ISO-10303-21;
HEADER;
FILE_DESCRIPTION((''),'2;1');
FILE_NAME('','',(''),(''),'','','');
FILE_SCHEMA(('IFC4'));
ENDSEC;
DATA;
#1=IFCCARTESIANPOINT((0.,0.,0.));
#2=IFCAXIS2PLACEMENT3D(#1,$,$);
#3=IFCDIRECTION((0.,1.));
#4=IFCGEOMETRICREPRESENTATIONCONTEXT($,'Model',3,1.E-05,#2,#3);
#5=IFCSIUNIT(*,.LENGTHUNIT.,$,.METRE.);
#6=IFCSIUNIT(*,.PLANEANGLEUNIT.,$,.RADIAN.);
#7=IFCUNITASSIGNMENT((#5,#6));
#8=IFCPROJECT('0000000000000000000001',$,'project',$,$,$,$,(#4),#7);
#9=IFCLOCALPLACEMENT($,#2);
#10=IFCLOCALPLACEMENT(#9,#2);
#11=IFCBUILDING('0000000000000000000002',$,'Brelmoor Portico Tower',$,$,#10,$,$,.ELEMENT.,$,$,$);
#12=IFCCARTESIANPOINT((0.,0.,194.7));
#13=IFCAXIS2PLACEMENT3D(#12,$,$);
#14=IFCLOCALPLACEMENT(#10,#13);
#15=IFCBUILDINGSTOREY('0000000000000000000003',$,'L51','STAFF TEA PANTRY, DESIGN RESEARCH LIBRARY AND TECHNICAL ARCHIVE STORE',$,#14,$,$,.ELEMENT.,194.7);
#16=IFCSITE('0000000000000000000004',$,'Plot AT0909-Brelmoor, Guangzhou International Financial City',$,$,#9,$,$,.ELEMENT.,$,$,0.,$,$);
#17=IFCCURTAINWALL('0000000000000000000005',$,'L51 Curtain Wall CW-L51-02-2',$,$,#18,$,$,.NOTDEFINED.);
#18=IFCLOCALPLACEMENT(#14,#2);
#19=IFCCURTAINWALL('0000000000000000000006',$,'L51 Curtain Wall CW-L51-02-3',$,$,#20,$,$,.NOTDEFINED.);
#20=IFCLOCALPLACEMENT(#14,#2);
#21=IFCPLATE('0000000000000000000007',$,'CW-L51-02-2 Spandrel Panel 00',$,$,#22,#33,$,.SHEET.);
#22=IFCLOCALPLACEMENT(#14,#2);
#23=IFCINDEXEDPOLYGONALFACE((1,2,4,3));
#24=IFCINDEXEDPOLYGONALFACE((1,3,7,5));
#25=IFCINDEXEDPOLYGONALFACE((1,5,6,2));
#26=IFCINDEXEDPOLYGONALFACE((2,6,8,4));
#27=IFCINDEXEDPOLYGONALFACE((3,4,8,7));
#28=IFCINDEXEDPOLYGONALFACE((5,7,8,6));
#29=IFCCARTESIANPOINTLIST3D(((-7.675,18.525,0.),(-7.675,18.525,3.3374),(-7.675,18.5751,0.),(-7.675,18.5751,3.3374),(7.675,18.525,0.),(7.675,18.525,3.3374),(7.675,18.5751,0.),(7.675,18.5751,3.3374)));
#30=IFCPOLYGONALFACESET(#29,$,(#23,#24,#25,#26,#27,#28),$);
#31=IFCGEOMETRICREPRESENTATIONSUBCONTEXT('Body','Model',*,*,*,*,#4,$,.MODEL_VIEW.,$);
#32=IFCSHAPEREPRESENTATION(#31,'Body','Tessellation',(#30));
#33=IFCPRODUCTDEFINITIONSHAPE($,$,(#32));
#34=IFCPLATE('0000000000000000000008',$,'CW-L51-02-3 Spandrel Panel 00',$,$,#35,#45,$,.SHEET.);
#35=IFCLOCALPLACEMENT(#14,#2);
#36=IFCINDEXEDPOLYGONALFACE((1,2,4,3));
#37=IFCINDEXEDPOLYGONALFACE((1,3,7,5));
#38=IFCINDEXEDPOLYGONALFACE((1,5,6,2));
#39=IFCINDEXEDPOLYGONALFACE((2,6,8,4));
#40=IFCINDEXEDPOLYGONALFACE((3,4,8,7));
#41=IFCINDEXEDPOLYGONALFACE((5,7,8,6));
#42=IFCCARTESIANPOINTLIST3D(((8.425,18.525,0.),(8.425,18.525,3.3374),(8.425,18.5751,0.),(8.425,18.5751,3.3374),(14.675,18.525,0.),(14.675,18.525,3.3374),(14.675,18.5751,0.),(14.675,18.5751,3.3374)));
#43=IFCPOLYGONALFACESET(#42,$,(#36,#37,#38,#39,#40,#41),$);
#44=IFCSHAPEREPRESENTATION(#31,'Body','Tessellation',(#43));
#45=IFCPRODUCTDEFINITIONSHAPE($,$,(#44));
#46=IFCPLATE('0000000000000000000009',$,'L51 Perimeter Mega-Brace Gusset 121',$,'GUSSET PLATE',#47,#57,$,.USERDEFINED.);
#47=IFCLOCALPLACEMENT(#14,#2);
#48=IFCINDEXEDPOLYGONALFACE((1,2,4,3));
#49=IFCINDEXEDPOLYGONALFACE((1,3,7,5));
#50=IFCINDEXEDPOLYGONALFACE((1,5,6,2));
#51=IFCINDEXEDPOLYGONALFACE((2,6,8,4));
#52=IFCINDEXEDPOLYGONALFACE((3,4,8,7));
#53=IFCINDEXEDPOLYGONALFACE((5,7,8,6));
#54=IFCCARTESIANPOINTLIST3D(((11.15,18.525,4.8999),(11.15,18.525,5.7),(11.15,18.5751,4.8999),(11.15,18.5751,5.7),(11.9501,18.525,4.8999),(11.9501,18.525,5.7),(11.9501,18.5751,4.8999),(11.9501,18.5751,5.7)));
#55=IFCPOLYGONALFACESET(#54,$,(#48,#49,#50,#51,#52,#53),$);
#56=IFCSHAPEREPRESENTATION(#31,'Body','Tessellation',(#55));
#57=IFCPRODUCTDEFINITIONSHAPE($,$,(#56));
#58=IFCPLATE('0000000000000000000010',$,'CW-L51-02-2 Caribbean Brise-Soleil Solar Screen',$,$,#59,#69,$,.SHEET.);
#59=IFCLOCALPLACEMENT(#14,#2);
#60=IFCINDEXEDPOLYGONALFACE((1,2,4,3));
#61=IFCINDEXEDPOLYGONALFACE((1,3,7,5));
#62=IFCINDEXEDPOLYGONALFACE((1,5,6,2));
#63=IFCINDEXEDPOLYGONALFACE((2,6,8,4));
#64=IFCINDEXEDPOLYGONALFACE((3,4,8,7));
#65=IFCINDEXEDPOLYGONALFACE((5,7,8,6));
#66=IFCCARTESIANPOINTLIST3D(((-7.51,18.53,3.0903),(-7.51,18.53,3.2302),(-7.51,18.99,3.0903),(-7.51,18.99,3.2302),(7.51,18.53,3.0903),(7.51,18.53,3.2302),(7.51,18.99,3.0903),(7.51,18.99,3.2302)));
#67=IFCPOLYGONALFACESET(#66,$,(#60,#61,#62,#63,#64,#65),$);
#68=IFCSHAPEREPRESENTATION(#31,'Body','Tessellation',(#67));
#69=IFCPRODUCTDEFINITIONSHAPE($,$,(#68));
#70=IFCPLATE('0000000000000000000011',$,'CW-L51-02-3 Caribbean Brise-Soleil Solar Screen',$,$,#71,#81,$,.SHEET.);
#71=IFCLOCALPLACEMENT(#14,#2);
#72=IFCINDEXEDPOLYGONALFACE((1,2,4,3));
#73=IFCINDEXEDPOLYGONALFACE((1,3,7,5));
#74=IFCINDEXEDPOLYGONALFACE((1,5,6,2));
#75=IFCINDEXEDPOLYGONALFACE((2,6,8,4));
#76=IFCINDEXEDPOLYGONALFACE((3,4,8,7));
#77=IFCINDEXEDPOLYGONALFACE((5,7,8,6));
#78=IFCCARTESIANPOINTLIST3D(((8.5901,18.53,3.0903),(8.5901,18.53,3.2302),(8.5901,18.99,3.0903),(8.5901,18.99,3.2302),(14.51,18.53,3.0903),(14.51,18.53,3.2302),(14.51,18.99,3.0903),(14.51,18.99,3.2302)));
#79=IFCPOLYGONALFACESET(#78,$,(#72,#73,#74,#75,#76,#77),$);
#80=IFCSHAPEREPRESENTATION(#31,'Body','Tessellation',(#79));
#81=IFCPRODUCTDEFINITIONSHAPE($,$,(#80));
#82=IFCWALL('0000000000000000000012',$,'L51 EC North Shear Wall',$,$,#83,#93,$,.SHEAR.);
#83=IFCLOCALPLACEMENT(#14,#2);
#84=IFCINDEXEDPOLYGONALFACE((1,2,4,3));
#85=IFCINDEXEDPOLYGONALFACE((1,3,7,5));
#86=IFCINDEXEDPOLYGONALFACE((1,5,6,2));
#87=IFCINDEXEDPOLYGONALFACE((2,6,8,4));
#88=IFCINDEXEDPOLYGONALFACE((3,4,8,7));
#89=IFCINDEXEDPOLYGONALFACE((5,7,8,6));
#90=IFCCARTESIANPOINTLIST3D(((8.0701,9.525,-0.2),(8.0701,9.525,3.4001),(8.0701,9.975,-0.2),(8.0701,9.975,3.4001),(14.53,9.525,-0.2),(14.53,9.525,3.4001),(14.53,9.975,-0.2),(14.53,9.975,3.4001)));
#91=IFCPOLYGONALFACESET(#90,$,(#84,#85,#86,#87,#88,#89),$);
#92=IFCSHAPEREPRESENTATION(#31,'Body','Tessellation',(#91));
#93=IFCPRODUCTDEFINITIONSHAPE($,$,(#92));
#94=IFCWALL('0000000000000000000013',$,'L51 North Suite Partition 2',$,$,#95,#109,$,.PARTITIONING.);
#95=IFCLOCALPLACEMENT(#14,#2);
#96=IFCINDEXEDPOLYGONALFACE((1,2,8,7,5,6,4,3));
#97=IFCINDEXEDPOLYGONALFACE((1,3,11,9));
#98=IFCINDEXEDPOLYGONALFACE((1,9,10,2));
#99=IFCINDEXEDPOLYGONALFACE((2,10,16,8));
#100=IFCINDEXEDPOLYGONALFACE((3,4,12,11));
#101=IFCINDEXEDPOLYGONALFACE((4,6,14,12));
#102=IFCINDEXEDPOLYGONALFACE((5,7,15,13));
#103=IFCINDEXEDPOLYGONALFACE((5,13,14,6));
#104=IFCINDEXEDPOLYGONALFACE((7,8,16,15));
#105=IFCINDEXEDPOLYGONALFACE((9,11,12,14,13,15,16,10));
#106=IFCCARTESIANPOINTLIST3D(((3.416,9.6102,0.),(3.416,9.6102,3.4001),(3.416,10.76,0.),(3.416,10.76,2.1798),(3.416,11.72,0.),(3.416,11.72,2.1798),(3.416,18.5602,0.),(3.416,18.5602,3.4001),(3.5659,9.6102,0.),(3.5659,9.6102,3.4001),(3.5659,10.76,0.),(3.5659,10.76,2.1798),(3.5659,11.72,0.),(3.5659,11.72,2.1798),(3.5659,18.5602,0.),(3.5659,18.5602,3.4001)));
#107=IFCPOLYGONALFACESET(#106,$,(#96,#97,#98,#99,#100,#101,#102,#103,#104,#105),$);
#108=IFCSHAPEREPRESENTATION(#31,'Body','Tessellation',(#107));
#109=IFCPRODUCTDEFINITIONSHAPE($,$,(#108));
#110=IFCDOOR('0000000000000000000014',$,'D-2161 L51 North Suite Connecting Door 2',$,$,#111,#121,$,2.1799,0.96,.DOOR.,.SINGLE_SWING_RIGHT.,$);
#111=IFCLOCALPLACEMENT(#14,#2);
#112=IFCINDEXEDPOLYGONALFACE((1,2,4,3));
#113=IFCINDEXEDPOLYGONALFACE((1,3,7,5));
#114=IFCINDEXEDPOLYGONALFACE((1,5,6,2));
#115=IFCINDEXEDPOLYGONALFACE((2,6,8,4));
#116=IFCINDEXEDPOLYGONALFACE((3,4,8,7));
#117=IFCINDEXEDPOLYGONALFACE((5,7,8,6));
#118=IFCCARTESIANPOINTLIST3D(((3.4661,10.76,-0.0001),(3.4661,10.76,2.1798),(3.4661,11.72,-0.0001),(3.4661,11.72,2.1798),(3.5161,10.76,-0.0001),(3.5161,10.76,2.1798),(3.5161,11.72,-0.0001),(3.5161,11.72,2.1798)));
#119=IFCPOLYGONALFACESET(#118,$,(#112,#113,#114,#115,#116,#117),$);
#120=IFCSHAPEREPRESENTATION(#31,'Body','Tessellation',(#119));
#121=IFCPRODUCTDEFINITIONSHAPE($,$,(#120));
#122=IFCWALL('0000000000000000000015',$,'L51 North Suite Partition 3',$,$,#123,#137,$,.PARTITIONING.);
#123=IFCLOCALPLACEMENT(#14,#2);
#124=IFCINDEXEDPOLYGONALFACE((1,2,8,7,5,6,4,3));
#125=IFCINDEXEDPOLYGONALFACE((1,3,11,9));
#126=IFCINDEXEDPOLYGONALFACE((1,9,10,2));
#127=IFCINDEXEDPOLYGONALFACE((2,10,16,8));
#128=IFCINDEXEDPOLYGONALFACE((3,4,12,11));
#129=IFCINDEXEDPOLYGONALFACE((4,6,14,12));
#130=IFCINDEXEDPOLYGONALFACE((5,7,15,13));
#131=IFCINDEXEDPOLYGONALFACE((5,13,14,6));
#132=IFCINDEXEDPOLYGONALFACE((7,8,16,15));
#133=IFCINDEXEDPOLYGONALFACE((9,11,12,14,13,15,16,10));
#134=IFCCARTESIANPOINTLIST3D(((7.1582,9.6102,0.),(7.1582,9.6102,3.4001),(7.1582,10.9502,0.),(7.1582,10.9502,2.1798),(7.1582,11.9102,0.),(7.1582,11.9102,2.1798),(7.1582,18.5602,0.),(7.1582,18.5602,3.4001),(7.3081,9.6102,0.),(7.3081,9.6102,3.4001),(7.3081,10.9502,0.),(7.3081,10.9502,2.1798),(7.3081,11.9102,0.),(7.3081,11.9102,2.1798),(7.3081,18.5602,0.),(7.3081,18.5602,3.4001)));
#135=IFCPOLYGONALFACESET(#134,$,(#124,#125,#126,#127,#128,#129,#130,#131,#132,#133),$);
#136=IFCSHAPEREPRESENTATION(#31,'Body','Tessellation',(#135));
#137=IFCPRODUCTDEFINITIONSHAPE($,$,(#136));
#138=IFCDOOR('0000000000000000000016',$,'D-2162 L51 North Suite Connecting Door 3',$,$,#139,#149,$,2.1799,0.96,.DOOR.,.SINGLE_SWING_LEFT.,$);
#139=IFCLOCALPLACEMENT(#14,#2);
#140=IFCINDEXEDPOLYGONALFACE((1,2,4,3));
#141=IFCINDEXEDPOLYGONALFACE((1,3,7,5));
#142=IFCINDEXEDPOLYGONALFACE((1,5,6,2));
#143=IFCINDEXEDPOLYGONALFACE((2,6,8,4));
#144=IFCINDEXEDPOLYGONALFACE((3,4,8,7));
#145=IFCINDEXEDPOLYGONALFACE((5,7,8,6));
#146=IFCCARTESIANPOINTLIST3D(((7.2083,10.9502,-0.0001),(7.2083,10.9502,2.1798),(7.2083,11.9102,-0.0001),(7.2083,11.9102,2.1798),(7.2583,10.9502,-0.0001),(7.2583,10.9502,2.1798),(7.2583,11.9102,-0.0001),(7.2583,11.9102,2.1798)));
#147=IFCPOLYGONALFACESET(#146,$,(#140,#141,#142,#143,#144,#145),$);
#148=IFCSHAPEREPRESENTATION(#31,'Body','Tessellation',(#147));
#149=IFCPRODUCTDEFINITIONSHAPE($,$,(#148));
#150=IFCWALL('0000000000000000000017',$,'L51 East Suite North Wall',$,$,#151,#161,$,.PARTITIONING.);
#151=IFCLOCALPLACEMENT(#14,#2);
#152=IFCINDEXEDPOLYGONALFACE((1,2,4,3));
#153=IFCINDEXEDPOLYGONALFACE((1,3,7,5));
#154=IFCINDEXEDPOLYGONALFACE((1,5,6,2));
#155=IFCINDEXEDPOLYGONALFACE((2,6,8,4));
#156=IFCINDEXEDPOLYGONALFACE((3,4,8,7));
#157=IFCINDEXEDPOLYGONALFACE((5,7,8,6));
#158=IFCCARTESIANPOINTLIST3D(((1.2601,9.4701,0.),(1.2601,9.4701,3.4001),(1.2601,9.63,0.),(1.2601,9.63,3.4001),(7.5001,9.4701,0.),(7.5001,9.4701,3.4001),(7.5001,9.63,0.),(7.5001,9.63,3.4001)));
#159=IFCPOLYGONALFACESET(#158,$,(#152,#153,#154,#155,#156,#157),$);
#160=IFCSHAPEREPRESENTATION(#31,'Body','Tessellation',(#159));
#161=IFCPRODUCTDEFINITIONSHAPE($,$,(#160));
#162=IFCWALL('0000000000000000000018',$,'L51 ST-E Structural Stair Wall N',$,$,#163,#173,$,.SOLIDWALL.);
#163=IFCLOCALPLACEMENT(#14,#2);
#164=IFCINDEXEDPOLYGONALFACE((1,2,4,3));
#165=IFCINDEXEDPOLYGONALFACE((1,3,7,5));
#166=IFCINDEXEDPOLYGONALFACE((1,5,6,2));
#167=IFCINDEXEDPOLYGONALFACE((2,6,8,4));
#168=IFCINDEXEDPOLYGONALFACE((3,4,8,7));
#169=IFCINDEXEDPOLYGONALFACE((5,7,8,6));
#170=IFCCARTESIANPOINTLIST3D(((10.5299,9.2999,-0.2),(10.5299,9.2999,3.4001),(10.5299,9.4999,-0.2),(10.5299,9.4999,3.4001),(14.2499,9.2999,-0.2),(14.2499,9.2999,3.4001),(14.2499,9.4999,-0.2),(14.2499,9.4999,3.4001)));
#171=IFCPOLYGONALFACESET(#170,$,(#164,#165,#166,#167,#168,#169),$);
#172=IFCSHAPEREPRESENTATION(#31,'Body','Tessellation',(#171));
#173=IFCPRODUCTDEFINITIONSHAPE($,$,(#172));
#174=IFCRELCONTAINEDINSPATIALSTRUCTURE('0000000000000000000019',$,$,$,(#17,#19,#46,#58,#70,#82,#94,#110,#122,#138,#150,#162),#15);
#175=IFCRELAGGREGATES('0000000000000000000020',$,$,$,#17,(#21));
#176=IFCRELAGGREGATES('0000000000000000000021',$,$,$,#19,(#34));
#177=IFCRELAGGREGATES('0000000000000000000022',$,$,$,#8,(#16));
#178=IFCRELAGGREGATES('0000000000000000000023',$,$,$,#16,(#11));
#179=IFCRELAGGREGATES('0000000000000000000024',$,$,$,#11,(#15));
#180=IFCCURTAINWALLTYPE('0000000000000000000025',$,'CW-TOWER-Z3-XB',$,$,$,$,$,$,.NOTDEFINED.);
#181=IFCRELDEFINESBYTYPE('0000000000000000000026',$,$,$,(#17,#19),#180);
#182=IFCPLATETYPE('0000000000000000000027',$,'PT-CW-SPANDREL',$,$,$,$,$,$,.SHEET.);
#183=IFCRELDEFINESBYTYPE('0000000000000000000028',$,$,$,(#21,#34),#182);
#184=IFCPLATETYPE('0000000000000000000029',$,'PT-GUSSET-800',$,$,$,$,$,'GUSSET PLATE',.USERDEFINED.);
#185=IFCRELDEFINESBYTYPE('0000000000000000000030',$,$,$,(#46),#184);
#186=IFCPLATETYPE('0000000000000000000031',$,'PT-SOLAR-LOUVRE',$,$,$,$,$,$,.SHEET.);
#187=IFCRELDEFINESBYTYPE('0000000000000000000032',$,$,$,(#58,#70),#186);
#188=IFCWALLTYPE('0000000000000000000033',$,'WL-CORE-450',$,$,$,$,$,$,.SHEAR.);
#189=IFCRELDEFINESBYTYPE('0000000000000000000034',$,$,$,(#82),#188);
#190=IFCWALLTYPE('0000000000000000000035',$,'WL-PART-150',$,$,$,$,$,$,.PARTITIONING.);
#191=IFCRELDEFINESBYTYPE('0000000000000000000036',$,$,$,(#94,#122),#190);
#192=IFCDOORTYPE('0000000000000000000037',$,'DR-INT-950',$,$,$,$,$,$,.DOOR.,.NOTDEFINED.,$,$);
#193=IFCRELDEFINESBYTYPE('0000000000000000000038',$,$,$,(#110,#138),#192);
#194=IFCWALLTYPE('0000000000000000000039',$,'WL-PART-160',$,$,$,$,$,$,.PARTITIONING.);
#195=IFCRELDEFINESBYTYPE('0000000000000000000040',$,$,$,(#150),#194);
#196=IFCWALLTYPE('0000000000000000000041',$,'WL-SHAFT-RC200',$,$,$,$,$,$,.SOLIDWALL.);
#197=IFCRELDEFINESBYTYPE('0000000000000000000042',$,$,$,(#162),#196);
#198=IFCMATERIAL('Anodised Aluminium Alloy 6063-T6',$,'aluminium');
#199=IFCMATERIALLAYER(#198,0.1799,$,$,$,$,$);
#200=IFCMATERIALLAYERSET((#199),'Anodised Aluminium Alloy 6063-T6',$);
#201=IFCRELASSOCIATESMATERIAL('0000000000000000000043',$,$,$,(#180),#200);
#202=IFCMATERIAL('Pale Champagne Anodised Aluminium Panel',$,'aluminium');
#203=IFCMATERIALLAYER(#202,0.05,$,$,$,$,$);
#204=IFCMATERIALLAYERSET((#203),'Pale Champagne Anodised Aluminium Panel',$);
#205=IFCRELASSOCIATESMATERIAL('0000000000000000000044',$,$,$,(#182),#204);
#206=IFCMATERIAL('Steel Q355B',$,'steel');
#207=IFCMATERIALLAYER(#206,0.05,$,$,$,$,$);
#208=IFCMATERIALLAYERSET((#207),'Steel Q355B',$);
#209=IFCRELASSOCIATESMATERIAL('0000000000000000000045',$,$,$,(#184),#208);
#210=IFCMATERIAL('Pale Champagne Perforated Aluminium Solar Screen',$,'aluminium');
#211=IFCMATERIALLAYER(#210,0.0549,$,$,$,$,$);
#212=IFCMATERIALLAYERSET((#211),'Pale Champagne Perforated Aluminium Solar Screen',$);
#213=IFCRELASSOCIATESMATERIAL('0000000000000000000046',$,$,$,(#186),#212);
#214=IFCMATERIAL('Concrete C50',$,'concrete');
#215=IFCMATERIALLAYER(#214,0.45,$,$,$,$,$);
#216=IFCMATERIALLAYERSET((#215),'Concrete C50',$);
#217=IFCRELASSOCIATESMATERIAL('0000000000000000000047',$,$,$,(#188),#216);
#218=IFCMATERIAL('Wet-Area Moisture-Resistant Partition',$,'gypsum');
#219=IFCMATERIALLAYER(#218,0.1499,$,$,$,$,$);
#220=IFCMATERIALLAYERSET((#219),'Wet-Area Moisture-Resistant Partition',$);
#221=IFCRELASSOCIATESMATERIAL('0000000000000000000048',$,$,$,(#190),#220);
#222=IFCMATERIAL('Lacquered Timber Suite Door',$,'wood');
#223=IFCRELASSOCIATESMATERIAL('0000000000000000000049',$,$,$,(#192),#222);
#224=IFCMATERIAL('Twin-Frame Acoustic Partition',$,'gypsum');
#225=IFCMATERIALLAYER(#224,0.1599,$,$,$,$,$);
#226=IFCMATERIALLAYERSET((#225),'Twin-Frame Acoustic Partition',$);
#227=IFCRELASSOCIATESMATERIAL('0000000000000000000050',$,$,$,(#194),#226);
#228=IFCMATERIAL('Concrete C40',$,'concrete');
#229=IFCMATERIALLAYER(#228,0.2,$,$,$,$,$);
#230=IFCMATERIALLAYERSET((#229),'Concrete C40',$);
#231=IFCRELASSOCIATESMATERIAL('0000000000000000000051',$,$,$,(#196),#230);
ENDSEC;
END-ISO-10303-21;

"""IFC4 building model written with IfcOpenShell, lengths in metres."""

from ifc_helpers import new_model, si_unit, direction, frame, frame_2d, origin, origin_2d, place, context, subcontext, project, spatial, rectangle, extrude, material, layer, layer_set, type_object, element, fill, aggregate, save


model = new_model("IFC4")

# Units and contexts
model_context = context("Model", 3, precision=1e-05, world=origin(), true_north=direction((0.0, 1.0)))
body_context = subcontext(model_context, "Body", "Model", "MODEL_VIEW")
ifc_project = project(units=[si_unit("LENGTHUNIT", "METRE"), si_unit("PLANEANGLEUNIT", "RADIAN")], contexts=[model_context])

# Site, building, storey
site_placement = place(None, origin())
site = spatial("IfcSite", under=ifc_project, at=site_placement, Name="Plot AT0909-Brelmoor, Guangzhou International Financial City", CompositionType="ELEMENT", RefElevation=0.0)
building_placement = place(site_placement, origin())
building = spatial("IfcBuilding", under=site, at=building_placement, Name="Brelmoor Portico Tower", CompositionType="ELEMENT")
storey_placement = place(building_placement, frame((0.0, 0.0, 194.7)))
storey = spatial("IfcBuildingStorey", under=building, at=storey_placement, Name="L51", Description="STAFF TEA PANTRY, DESIGN RESEARCH LIBRARY AND TECHNICAL ARCHIVE STORE", CompositionType="ELEMENT", Elevation=194.7)

# Shared definitions
ifc_material_1 = material(Name="Steel Q355B", Category="steel")

# Curtain wall
ifc_material_2 = material(Name="Anodised Aluminium Alloy 6063-T6", Category="aluminium")
ifc_layer_1 = layer(ifc_material_2, 0.1799)
ifc_layer_set_1 = layer_set([ifc_layer_1], Name="Anodised Aluminium Alloy 6063-T6")
curtain_wall_type = type_object("IfcCurtainWallType", Name="CW-TOWER-Z3-XB", PredefinedType="NOTDEFINED", material=ifc_layer_set_1)
curtain_wall_1_placement = place(storey_placement, origin())
curtain_wall_1 = element("IfcCurtainWall", 1, at=curtain_wall_1_placement, inside=storey, type_object=curtain_wall_type, Name="L51 Curtain Wall CW-L51-02-2", PredefinedType="NOTDEFINED")

# Curtain wall
curtain_wall_2_placement = place(storey_placement, origin())
curtain_wall_2 = element("IfcCurtainWall", 2, at=curtain_wall_2_placement, inside=storey, type_object=curtain_wall_type, Name="L51 Curtain Wall CW-L51-02-3", PredefinedType="NOTDEFINED")

# Plates
ifc_material_3 = material(Name="Pale Champagne Anodised Aluminium Panel", Category="aluminium")
ifc_layer_2 = layer(ifc_material_3, 0.05)
ifc_layer_set_2 = layer_set([ifc_layer_2], Name="Pale Champagne Anodised Aluminium Panel")
plate_type_1 = type_object("IfcPlateType", Name="PT-CW-SPANDREL", PredefinedType="SHEET", material=ifc_layer_set_2)
plate_1_placement = place(storey_placement, frame((0.0, 18.55, 0.0), z_axis=(0.0, 0.0, 1.0), x_axis=(1.0, 0.0, 0.0)))
plate_1 = element("IfcPlate", 3, at=plate_1_placement, type_object=plate_type_1, Name="CW-L51-02-2 Spandrel Panel 00", PredefinedType="SHEET", context=body_context, shape_type="SweptSolid", body=[
    extrude(rectangle(XDim=15.3501, YDim=0.05, at=origin_2d()), origin(), (0.0, 0.0, 1.0), 3.3374),
])
aggregate(curtain_wall_1, [plate_1])
plate_2_placement = place(storey_placement, frame((11.55, 18.55, 0.0), z_axis=(0.0, 0.0, 1.0), x_axis=(1.0, 0.0, 0.0)))
plate_2 = element("IfcPlate", 4, at=plate_2_placement, type_object=plate_type_1, Name="CW-L51-02-3 Spandrel Panel 00", PredefinedType="SHEET", context=body_context, shape_type="SweptSolid", body=[
    extrude(rectangle(XDim=6.25, YDim=0.05, at=origin_2d()), origin(), (0.0, 0.0, 1.0), 3.3374),
])
aggregate(curtain_wall_2, [plate_2])

# Plates
ifc_layer_3 = layer(ifc_material_1, 0.05)
ifc_layer_set_3 = layer_set([ifc_layer_3], Name="Steel Q355B")
plate_type_2 = type_object("IfcPlateType", Name="PT-GUSSET-800", ElementType="GUSSET PLATE", PredefinedType="USERDEFINED", material=ifc_layer_set_3)
plate_3_placement = place(storey_placement, frame((11.55, 18.55, 4.8999), z_axis=(0.0, 0.0, 1.0), x_axis=(1.0, 0.0, 0.0)))
element("IfcPlate", 5, at=plate_3_placement, inside=storey, type_object=plate_type_2, Name="L51 Perimeter Mega-Brace Gusset 121", ObjectType="GUSSET PLATE", PredefinedType="USERDEFINED", context=body_context, shape_type="SweptSolid", body=[
    extrude(rectangle(XDim=0.8, YDim=0.05, at=origin_2d()), origin(), (0.0, 0.0, 1.0), 0.8),
])
ifc_material_4 = material(Name="Pale Champagne Perforated Aluminium Solar Screen", Category="aluminium")
ifc_layer_4 = layer(ifc_material_4, 0.0549)
ifc_layer_set_4 = layer_set([ifc_layer_4], Name="Pale Champagne Perforated Aluminium Solar Screen")
plate_type_3 = type_object("IfcPlateType", Name="PT-SOLAR-LOUVRE", PredefinedType="SHEET", material=ifc_layer_set_4)
plate_4_placement = place(storey_placement, frame((0.0, 18.76, 3.0903), z_axis=(0.0, 0.0, 1.0), x_axis=(1.0, 0.0, 0.0)))
element("IfcPlate", 6, at=plate_4_placement, inside=storey, type_object=plate_type_3, Name="CW-L51-02-2 Caribbean Brise-Soleil Solar Screen", PredefinedType="SHEET", context=body_context, shape_type="SweptSolid", body=[
    extrude(rectangle(XDim=15.02, YDim=0.46, at=origin_2d()), origin(), (0.0, 0.0, 1.0), 0.1399),
])
plate_5_placement = place(storey_placement, frame((11.55, 18.76, 3.0903), z_axis=(0.0, 0.0, 1.0), x_axis=(1.0, 0.0, 0.0)))
element("IfcPlate", 7, at=plate_5_placement, inside=storey, type_object=plate_type_3, Name="CW-L51-02-3 Caribbean Brise-Soleil Solar Screen", PredefinedType="SHEET", context=body_context, shape_type="SweptSolid", body=[
    extrude(rectangle(XDim=5.9199, YDim=0.46, at=origin_2d()), origin(), (0.0, 0.0, 1.0), 0.1399),
])

# Wall
ifc_material_5 = material(Name="Concrete C50", Category="concrete")
ifc_layer_5 = layer(ifc_material_5, 0.45)
ifc_layer_set_5 = layer_set([ifc_layer_5], Name="Concrete C50")
wall_type_1 = type_object("IfcWallType", Name="WL-CORE-450", PredefinedType="SHEAR", material=ifc_layer_set_5)
wall_1_placement = place(storey_placement, frame((8.0701, 9.75, -0.2), z_axis=(0.0, 0.0, 1.0), x_axis=(1.0, 0.0, 0.0)))
element("IfcWall", 8, at=wall_1_placement, inside=storey, type_object=wall_type_1, Name="L51 EC North Shear Wall", PredefinedType="SHEAR", context=body_context, shape_type="SweptSolid", body=[
    extrude(rectangle(XDim=6.46, YDim=0.45, at=frame_2d((3.23, 0.0))), origin(), (0.0, 0.0, 1.0), 3.6001),
])

# Walls, openings, doors
ifc_material_6 = material(Name="Wet-Area Moisture-Resistant Partition", Category="gypsum")
ifc_layer_6 = layer(ifc_material_6, 0.1499)
ifc_layer_set_6 = layer_set([ifc_layer_6], Name="Wet-Area Moisture-Resistant Partition")
wall_type_2 = type_object("IfcWallType", Name="WL-PART-150", PredefinedType="PARTITIONING", material=ifc_layer_set_6)
wall_2_placement = place(storey_placement, frame((3.491, 9.6101, 0.0), z_axis=(0.0, 0.0, 1.0), x_axis=(0.0, 1.0, 0.0)))
wall_2 = element("IfcWall", 9, at=wall_2_placement, inside=storey, type_object=wall_type_2, Name="L51 North Suite Partition 2", PredefinedType="PARTITIONING", context=body_context, shape_type="SweptSolid", body=[
    extrude(rectangle(XDim=8.95, YDim=0.1499, at=frame_2d((4.4751, 0.0))), origin(), (0.0, 0.0, 1.0), 3.4001),
])
opening_1_placement = place(wall_2_placement, frame((1.1499, 0.0, 0.0)))
opening_1 = element("IfcOpeningElement", 10, at=opening_1_placement, cuts=wall_2, PredefinedType="OPENING", context=body_context, shape_type="SweptSolid", body=[
    extrude(rectangle(XDim=0.96, YDim=2.1799, at=frame_2d((0.48, 1.0898))), frame((0.0, 0.085, 0.0), z_axis=(0.0, -1.0, 0.0), x_axis=(1.0, 0.0, 0.0)), (0.0, 0.0, 1.0), 0.1699),
])
ifc_material_7 = material(Name="Lacquered Timber Suite Door", Category="wood")
door_type = type_object("IfcDoorType", Name="DR-INT-950", OperationType="NOTDEFINED", PredefinedType="DOOR", material=ifc_material_7)
door_1_placement = place(opening_1_placement, origin())
door_1 = element("IfcDoor", 11, at=door_1_placement, inside=storey, type_object=door_type, Name="D-2161 L51 North Suite Connecting Door 2", OperationType="SINGLE_SWING_RIGHT", OverallHeight=2.1799, OverallWidth=0.96, PredefinedType="DOOR", context=body_context, shape_type="SweptSolid", body=[
    extrude(rectangle(XDim=0.96, YDim=2.1799, at=frame_2d((0.48, 1.0898))), frame((0.0, 0.0249, 0.0), z_axis=(0.0, -1.0, 0.0), x_axis=(1.0, 0.0, 0.0)), (0.0, 0.0, 1.0), 0.05),
])
fill(opening_1, door_1)
wall_3_placement = place(storey_placement, frame((7.2332, 9.6101, 0.0), z_axis=(0.0, 0.0, 1.0), x_axis=(0.0, 1.0, 0.0)))
wall_3 = element("IfcWall", 12, at=wall_3_placement, inside=storey, type_object=wall_type_2, Name="L51 North Suite Partition 3", PredefinedType="PARTITIONING", context=body_context, shape_type="SweptSolid", body=[
    extrude(rectangle(XDim=8.95, YDim=0.1499, at=frame_2d((4.4751, 0.0))), origin(), (0.0, 0.0, 1.0), 3.4001),
])
opening_2_placement = place(wall_3_placement, frame((1.3401, 0.0, 0.0)))
opening_2 = element("IfcOpeningElement", 13, at=opening_2_placement, cuts=wall_3, PredefinedType="OPENING", context=body_context, shape_type="SweptSolid", body=[
    extrude(rectangle(XDim=0.96, YDim=2.1799, at=frame_2d((0.48, 1.0898))), frame((0.0, 0.085, 0.0), z_axis=(0.0, -1.0, 0.0), x_axis=(1.0, 0.0, 0.0)), (0.0, 0.0, 1.0), 0.1699),
])
door_2_placement = place(opening_2_placement, origin())
door_2 = element("IfcDoor", 14, at=door_2_placement, inside=storey, type_object=door_type, Name="D-2162 L51 North Suite Connecting Door 3", OperationType="SINGLE_SWING_LEFT", OverallHeight=2.1799, OverallWidth=0.96, PredefinedType="DOOR", context=body_context, shape_type="SweptSolid", body=[
    extrude(rectangle(XDim=0.96, YDim=2.1799, at=frame_2d((0.48, 1.0898))), frame((0.0, 0.0249, 0.0), z_axis=(0.0, -1.0, 0.0), x_axis=(1.0, 0.0, 0.0)), (0.0, 0.0, 1.0), 0.05),
])
fill(opening_2, door_2)

# Walls
ifc_material_8 = material(Name="Twin-Frame Acoustic Partition", Category="gypsum")
ifc_layer_7 = layer(ifc_material_8, 0.1599)
ifc_layer_set_7 = layer_set([ifc_layer_7], Name="Twin-Frame Acoustic Partition")
wall_type_3 = type_object("IfcWallType", Name="WL-PART-160", PredefinedType="PARTITIONING", material=ifc_layer_set_7)
wall_4_placement = place(storey_placement, frame((1.26, 9.55, 0.0), z_axis=(0.0, 0.0, 1.0), x_axis=(1.0, 0.0, 0.0)))
element("IfcWall", 15, at=wall_4_placement, inside=storey, type_object=wall_type_3, Name="L51 East Suite North Wall", PredefinedType="PARTITIONING", context=body_context, shape_type="SweptSolid", body=[
    extrude(rectangle(XDim=6.24, YDim=0.1599, at=frame_2d((3.1201, 0.0))), origin(), (0.0, 0.0, 1.0), 3.4001),
])
ifc_material_9 = material(Name="Concrete C40", Category="concrete")
ifc_layer_8 = layer(ifc_material_9, 0.2)
ifc_layer_set_8 = layer_set([ifc_layer_8], Name="Concrete C40")
wall_type_4 = type_object("IfcWallType", Name="WL-SHAFT-RC200", PredefinedType="SOLIDWALL", material=ifc_layer_set_8)
wall_5_placement = place(storey_placement, frame((10.53, 9.3999, -0.2), z_axis=(0.0, 0.0, 1.0), x_axis=(1.0, 0.0, 0.0)))
element("IfcWall", 16, at=wall_5_placement, inside=storey, type_object=wall_type_4, Name="L51 ST-E Structural Stair Wall N", PredefinedType="SOLIDWALL", context=body_context, shape_type="SweptSolid", body=[
    extrude(rectangle(XDim=3.72, YDim=0.2, at=frame_2d((1.8599, 0.0))), origin(), (0.0, 0.0, 1.0), 3.6001),
])

save(model, "model.ifc")
